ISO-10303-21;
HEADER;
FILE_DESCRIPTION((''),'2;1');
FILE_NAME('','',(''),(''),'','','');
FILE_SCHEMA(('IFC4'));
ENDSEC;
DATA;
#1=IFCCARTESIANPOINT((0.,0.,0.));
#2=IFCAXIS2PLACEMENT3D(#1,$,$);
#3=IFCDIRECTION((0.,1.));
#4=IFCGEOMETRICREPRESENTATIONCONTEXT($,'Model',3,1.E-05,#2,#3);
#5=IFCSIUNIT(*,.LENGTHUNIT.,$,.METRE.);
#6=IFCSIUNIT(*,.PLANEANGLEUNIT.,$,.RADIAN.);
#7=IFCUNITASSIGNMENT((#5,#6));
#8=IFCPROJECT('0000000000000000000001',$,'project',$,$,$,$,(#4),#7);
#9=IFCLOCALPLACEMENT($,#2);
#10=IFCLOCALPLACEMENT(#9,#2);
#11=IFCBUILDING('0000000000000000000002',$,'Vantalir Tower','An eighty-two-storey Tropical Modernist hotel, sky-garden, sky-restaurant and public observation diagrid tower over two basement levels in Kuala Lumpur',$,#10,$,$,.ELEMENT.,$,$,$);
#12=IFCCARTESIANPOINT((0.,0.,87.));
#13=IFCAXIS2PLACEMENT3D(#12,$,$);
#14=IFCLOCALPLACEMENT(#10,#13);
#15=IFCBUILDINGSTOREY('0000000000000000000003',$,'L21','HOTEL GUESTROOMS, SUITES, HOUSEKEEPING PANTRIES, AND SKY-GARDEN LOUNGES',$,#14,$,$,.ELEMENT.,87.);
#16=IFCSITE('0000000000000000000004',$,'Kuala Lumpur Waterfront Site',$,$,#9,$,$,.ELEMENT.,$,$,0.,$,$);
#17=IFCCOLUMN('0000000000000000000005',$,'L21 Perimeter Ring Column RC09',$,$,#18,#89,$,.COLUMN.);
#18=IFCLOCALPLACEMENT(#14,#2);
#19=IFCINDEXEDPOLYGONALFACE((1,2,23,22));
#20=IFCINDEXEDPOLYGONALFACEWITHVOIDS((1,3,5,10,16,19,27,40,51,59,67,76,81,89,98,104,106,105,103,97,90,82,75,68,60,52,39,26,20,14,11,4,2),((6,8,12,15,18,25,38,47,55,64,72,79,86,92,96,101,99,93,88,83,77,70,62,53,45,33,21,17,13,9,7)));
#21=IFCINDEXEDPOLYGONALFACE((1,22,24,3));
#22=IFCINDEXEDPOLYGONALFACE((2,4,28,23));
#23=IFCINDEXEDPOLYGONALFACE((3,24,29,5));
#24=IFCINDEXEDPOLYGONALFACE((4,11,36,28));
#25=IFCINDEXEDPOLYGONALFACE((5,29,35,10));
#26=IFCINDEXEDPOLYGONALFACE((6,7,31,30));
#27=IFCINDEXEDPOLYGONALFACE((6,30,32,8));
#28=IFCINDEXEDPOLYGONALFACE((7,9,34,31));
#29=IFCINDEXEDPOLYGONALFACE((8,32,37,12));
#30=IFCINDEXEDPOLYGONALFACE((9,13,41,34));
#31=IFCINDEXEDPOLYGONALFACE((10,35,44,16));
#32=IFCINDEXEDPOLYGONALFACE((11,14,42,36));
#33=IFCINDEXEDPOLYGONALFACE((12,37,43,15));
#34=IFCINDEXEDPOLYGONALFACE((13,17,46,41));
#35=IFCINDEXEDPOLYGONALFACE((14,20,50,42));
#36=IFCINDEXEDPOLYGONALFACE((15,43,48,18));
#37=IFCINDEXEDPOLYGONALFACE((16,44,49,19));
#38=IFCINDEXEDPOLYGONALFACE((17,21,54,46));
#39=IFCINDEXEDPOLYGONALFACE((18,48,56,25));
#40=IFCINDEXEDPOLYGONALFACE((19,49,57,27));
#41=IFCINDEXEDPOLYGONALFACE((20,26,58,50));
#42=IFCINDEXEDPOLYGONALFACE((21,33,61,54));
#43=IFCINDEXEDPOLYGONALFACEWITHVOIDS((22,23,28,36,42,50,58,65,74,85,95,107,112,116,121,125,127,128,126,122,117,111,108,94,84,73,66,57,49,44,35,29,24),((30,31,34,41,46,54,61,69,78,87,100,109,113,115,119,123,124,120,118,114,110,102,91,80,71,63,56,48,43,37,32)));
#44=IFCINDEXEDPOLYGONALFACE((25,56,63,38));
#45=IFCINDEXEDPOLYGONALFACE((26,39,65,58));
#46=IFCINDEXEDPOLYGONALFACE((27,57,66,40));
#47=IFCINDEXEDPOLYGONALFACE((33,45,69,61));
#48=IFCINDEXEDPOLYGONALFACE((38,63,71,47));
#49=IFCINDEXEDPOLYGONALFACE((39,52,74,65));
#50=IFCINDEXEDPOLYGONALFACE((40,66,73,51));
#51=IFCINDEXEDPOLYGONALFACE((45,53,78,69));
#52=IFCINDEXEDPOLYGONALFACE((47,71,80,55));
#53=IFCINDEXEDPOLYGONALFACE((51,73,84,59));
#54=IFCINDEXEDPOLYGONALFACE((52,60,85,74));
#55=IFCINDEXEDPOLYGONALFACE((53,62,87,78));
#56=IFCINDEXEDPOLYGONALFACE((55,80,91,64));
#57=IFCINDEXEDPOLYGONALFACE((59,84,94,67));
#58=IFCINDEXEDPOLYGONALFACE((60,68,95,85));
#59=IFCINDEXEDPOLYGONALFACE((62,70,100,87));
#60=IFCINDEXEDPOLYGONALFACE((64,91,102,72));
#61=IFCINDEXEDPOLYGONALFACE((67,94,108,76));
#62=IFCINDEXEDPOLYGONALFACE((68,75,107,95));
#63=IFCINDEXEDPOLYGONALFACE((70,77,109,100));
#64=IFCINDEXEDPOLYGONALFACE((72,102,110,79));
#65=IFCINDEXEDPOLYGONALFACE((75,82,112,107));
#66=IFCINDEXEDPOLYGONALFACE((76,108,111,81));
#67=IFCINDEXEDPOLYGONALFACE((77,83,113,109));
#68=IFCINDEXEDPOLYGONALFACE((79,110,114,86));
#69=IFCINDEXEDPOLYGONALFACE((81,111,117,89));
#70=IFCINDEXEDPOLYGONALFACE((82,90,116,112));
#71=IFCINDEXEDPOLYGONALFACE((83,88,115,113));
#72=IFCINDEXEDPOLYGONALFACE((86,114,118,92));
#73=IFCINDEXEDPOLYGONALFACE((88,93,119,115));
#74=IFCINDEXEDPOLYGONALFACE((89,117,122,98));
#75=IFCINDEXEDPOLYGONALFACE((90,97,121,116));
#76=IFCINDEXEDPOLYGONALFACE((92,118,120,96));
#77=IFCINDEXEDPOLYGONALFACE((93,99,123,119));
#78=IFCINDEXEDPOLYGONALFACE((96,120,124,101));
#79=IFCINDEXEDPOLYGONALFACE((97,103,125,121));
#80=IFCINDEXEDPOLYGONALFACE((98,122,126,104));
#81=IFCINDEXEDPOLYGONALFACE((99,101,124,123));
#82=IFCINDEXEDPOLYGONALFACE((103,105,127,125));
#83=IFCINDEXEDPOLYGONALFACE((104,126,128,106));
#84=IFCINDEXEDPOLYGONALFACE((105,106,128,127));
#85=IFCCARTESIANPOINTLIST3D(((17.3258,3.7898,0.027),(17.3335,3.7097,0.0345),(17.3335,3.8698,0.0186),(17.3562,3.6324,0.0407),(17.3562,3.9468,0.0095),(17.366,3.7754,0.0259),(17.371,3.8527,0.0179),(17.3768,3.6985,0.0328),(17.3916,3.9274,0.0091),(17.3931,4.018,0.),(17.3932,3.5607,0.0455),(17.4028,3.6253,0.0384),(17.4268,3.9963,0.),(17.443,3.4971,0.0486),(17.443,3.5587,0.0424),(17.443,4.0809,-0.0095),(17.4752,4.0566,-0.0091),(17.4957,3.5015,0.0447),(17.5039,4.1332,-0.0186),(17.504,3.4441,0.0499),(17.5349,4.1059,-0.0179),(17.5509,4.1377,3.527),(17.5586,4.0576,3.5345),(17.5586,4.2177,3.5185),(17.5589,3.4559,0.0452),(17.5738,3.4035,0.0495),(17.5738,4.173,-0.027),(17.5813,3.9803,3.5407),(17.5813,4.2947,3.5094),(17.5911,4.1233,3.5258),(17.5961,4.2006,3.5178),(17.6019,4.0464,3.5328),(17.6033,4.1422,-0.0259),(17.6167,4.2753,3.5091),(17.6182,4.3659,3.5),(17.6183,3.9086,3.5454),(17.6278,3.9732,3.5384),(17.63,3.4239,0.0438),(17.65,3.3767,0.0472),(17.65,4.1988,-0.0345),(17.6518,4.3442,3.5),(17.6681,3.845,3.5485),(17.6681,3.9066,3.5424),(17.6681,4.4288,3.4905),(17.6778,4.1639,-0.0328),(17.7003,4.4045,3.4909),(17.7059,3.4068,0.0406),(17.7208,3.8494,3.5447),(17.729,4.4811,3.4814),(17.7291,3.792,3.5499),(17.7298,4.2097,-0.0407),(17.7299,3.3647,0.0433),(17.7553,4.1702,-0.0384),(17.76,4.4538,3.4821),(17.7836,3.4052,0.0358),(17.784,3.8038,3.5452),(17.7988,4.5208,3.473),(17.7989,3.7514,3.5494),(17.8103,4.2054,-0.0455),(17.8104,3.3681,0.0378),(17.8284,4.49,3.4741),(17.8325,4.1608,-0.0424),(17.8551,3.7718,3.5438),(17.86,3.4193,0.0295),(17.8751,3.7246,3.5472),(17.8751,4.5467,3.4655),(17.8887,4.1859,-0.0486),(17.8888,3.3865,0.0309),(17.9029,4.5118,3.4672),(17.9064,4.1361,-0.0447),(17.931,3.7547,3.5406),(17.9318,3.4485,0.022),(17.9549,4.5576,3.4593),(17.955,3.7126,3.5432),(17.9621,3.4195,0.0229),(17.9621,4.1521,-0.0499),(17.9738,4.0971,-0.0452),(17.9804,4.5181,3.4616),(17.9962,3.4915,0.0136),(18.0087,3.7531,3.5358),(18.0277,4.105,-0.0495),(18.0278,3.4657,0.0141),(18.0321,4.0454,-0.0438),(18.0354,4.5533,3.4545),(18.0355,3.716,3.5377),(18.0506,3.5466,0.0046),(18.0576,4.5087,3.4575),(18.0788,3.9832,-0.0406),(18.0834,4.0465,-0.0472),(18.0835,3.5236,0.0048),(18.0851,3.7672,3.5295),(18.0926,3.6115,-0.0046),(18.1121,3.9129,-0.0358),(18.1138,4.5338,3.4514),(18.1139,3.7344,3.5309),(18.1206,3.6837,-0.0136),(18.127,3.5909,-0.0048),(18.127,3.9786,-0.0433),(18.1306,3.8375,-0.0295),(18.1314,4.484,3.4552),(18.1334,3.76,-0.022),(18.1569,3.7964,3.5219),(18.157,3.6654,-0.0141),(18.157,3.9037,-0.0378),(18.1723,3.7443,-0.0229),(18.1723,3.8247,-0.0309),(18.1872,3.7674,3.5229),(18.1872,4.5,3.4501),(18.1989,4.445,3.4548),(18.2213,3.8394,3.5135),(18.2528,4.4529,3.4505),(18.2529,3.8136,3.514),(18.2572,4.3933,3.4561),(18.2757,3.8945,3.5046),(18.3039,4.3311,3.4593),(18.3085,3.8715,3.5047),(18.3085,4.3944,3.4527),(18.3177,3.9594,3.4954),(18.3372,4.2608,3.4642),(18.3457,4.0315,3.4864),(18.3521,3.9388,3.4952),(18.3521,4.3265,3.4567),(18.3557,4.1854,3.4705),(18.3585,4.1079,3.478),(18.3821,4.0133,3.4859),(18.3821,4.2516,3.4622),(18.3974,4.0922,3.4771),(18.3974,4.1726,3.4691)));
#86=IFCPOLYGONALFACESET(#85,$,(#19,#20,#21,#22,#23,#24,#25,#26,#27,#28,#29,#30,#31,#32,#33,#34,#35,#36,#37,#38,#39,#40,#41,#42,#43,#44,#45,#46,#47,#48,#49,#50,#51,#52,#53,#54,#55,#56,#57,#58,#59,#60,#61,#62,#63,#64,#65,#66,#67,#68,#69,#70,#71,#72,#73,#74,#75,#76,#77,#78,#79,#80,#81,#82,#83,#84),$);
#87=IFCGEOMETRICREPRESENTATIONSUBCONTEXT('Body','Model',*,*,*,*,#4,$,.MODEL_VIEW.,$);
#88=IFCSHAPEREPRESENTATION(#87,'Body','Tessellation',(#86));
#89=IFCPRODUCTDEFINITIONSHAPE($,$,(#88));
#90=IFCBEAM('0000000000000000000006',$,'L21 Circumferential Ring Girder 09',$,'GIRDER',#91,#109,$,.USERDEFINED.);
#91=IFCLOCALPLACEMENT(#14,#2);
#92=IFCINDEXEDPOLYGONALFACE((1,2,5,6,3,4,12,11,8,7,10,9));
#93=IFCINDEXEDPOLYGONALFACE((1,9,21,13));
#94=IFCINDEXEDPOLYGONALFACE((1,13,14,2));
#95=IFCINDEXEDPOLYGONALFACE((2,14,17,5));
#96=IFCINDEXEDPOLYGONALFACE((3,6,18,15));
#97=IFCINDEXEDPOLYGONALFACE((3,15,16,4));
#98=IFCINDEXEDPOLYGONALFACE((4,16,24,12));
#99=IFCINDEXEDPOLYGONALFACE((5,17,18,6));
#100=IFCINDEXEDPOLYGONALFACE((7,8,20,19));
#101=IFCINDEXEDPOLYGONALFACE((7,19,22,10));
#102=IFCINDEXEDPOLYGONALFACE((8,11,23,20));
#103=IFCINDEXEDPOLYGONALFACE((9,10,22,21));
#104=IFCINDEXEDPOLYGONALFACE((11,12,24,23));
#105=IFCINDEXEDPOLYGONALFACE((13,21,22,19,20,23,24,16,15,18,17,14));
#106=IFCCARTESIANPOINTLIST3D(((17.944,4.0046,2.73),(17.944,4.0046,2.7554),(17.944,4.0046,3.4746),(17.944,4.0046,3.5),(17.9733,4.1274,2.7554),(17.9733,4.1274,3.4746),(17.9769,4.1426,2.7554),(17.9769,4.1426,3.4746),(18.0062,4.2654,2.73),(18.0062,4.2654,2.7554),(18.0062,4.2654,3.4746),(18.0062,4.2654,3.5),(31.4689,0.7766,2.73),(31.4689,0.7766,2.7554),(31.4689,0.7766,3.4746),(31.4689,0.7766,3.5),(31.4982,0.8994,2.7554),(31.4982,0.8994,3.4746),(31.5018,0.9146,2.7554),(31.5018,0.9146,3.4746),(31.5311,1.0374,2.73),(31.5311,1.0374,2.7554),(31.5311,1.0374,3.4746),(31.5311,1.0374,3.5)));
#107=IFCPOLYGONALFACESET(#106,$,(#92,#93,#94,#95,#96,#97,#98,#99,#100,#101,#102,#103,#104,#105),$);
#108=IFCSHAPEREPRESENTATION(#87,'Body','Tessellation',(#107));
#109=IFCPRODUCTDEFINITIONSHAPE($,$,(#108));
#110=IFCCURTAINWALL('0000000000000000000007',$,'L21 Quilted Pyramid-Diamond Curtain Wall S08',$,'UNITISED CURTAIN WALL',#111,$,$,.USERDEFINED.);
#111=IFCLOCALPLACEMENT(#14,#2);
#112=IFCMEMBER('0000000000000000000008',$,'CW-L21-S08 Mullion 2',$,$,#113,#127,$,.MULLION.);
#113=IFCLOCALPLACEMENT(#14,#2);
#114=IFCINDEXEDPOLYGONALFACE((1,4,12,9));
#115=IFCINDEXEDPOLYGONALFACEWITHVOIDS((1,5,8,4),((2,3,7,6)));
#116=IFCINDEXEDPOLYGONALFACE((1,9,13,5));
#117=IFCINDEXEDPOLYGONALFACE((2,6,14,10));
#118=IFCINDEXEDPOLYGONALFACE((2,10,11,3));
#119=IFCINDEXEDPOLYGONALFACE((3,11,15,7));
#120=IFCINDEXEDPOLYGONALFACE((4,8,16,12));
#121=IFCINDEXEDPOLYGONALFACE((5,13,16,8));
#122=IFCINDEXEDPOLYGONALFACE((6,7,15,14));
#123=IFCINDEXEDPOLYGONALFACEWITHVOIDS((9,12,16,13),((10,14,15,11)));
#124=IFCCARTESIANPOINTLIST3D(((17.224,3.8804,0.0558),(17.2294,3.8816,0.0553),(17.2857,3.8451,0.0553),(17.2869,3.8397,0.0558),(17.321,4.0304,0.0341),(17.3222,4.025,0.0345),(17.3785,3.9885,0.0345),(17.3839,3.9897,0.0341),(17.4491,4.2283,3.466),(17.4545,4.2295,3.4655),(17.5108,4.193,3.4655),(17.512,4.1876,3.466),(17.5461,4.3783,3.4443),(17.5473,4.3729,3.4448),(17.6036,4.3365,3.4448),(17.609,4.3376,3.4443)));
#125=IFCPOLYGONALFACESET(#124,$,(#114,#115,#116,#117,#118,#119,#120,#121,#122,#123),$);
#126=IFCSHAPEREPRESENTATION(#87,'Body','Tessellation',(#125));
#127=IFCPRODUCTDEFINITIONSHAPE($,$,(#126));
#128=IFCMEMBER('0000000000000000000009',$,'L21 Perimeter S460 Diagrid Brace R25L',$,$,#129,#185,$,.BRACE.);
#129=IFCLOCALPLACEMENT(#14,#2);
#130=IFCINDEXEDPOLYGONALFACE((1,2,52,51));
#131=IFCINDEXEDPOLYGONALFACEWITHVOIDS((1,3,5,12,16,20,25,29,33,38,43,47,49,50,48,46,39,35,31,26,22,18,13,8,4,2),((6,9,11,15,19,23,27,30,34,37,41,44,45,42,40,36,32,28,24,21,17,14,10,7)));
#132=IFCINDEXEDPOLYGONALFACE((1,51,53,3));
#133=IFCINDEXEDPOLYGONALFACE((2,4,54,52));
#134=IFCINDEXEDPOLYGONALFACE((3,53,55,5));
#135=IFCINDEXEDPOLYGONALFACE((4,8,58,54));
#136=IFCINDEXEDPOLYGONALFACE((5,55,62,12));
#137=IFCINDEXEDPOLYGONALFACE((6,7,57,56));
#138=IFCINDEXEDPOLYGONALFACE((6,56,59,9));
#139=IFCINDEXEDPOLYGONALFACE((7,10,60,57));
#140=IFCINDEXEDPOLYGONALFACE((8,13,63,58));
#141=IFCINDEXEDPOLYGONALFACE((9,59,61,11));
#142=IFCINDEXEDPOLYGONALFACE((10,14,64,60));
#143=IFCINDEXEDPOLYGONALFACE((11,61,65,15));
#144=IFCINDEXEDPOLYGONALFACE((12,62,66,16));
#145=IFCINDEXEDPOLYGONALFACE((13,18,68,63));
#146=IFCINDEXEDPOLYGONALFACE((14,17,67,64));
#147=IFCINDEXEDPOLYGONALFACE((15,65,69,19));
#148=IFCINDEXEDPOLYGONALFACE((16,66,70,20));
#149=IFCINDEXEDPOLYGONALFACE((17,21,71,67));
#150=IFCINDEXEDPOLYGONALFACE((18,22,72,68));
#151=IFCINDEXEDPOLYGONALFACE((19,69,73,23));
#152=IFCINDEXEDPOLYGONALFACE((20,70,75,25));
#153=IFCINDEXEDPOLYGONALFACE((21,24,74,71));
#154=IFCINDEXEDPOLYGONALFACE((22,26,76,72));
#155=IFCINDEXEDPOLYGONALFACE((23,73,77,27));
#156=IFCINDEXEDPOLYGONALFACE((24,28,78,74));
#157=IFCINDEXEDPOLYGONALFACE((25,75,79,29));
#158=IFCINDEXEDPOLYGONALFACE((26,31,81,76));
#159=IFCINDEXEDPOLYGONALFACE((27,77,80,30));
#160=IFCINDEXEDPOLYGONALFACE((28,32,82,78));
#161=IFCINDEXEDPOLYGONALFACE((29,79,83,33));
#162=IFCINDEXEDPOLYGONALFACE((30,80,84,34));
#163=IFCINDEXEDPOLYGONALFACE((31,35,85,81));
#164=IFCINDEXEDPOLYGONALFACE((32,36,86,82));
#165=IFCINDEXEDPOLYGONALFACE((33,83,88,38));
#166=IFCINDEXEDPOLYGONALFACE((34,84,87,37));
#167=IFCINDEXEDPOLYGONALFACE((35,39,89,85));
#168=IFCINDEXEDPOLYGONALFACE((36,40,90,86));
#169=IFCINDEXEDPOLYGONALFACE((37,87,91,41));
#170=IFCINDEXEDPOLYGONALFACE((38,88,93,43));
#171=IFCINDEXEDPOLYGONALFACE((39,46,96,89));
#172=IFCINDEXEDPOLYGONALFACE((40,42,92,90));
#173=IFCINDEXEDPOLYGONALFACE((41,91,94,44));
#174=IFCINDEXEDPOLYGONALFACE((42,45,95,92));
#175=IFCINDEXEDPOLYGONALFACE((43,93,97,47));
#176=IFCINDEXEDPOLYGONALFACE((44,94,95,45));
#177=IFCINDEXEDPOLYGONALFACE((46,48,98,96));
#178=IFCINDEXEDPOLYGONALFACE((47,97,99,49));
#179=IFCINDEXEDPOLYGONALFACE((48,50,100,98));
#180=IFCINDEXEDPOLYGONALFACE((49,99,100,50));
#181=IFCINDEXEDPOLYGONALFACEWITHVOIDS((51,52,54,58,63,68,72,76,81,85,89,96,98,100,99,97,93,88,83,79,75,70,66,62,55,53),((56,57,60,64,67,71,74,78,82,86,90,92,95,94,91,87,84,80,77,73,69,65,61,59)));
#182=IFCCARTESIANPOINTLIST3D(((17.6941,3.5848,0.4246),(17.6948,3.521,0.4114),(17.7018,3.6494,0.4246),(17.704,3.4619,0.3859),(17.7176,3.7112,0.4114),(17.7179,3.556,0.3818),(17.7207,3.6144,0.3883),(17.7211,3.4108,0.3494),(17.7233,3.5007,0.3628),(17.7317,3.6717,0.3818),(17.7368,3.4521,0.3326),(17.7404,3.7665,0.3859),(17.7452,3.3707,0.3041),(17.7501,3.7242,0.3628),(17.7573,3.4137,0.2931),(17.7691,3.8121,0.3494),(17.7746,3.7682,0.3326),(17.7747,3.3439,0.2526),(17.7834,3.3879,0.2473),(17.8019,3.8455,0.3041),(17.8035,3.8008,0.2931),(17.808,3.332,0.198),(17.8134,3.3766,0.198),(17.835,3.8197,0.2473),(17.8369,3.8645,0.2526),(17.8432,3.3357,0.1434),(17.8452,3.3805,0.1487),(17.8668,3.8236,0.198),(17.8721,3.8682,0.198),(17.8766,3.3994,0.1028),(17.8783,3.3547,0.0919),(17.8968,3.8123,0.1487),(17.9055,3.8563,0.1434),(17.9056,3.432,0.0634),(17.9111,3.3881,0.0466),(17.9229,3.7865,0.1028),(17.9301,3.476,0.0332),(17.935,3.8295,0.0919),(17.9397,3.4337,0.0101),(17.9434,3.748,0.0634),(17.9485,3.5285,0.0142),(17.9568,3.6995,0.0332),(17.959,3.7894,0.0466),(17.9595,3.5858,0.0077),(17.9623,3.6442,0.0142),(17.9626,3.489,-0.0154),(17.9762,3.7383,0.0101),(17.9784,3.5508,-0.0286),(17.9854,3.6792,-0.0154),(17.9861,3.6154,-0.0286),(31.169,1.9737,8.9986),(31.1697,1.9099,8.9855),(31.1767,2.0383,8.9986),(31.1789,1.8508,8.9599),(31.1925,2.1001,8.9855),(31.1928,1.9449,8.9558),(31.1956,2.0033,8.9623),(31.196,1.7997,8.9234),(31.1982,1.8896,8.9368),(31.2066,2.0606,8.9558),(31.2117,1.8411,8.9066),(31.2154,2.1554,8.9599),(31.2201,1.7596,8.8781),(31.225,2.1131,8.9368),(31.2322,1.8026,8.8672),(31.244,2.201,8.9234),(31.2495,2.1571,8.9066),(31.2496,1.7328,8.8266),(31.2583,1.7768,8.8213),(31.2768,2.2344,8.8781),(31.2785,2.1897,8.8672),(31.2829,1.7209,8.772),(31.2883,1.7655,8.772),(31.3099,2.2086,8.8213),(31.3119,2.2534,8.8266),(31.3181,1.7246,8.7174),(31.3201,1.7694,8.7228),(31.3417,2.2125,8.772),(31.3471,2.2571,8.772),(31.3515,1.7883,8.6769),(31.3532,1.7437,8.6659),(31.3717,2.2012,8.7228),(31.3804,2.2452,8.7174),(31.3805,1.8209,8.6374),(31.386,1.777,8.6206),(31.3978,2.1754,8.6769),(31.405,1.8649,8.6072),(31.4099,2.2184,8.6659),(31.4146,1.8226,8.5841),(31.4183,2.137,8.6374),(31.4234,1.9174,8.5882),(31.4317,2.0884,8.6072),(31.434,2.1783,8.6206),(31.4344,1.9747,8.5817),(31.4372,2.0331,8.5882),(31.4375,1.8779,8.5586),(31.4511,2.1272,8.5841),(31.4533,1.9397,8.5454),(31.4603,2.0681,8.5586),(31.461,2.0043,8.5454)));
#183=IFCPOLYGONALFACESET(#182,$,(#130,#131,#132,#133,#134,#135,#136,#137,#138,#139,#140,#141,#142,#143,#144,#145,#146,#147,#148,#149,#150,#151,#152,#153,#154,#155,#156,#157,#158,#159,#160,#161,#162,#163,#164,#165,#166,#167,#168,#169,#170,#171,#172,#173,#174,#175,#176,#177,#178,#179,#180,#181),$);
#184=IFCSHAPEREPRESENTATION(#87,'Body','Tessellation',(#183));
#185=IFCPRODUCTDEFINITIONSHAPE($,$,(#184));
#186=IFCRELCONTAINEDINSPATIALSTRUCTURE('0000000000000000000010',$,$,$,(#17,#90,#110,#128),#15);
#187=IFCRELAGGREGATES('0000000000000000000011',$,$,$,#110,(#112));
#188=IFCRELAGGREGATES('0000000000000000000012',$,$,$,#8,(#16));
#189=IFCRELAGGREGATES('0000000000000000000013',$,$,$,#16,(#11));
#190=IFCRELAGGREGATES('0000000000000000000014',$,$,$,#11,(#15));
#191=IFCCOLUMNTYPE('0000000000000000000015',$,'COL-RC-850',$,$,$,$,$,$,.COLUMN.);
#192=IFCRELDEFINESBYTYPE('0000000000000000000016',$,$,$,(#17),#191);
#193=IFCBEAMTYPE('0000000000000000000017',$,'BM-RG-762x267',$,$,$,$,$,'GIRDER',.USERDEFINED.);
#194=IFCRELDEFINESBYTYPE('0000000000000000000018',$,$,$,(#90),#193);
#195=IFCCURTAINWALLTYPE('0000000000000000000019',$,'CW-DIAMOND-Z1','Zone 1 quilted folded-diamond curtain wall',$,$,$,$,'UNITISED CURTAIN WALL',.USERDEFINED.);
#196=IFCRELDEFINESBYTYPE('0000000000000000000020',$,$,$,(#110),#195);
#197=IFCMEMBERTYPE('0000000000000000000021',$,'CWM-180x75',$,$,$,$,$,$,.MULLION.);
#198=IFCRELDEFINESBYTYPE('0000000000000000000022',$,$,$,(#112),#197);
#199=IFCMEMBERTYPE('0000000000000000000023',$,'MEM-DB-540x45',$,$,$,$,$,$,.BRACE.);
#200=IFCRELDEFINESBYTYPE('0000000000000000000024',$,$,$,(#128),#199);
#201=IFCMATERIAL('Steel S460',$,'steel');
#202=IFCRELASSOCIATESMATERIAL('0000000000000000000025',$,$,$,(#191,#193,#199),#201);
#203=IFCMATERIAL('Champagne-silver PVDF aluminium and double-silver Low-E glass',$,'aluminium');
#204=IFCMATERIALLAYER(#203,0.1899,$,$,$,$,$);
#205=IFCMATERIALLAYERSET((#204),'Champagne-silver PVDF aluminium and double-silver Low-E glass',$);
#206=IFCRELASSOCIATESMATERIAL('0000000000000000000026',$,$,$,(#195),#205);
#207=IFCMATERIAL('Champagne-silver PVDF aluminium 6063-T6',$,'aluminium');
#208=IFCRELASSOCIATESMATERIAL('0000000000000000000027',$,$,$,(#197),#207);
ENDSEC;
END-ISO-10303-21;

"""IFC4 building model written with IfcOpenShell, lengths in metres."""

from ifc_helpers import new_model, si_unit, direction, frame, origin, origin_2d, place, context, subcontext, project, spatial, hollow_rectangle, hollow_circle, i_section, extrude, material, layer, layer_set, material_profile, profile_set, type_object, element, aggregate, save


model = new_model("IFC4")

# Units and contexts
model_context = context("Model", 3, precision=1e-05, world=origin(), true_north=direction((0.0, 1.0)))
body_context = subcontext(model_context, "Body", "Model", "MODEL_VIEW")
ifc_project = project(units=[si_unit("LENGTHUNIT", "METRE"), si_unit("PLANEANGLEUNIT", "RADIAN")], contexts=[model_context])

# Site, building, storey
site_placement = place(None, origin())
site = spatial("IfcSite", under=ifc_project, at=site_placement, Name="Kuala Lumpur Waterfront Site", CompositionType="ELEMENT", RefElevation=0.0)
building_placement = place(site_placement, origin())
building = spatial("IfcBuilding", under=site, at=building_placement, Name="Vantalir Tower", Description="An eighty-two-storey Tropical Modernist hotel, sky-garden, sky-restaurant and public observation diagrid tower over two basement levels in Kuala Lumpur", CompositionType="ELEMENT")
storey_placement = place(building_placement, frame((0.0, 0.0, 87.0)))
storey = spatial("IfcBuildingStorey", under=building, at=storey_placement, Name="L21", Description="HOTEL GUESTROOMS, SUITES, HOUSEKEEPING PANTRIES, AND SKY-GARDEN LOUNGES", CompositionType="ELEMENT", Elevation=87.0)

# Column
ifc_material_1 = material(Name="Steel S460", Category="steel")
ifc_material_profile_1 = material_profile(ifc_material_1, hollow_circle(Radius=0.425, WallThickness=0.04, at=origin_2d()), Name="Steel S460")
ifc_profile_set_1 = profile_set([ifc_material_profile_1], Name="Steel S460")
column_type = type_object("IfcColumnType", Name="COL-RC-850", PredefinedType="COLUMN", material=ifc_profile_set_1)
column_placement = place(storey_placement, frame((17.75, 3.7871, 0.0), z_axis=(0.063868, 0.098711, 0.993065), x_axis=(-0.839586, 0.543227, 0.0)))
element("IfcColumn", 1, at=column_placement, inside=storey, type_object=column_type, Name="L21 Perimeter Ring Column RC09", PredefinedType="COLUMN", context=body_context, shape_type="SweptSolid", body=[
    extrude(hollow_circle(Radius=0.425, WallThickness=0.04, at=origin_2d()), origin(), (0.0, 0.0, 1.0), 3.5244),
])

# Beam
ifc_material_profile_2 = material_profile(ifc_material_1, i_section(OverallWidth=0.2681, OverallDepth=0.77, WebThickness=0.0156, FlangeThickness=0.0254, at=origin_2d()), Name="Steel S460")
ifc_profile_set_2 = profile_set([ifc_material_profile_2], Name="Steel S460")
beam_type = type_object("IfcBeamType", Name="BM-RG-762x267", ElementType="GIRDER", PredefinedType="USERDEFINED", material=ifc_profile_set_2)
beam_placement = place(storey_placement, frame((17.9751, 4.135, 3.115), z_axis=(0.972679, -0.232152, 0.0), x_axis=(0.232152, 0.972679, 0.0)))
element("IfcBeam", 2, at=beam_placement, inside=storey, type_object=beam_type, Name="L21 Circumferential Ring Girder 09", ObjectType="GIRDER", PredefinedType="USERDEFINED", context=body_context, shape_type="SweptSolid", body=[
    extrude(i_section(OverallWidth=0.2681, OverallDepth=0.77, WebThickness=0.0156, FlangeThickness=0.0254, at=origin_2d()), origin(), (0.0, 0.0, 1.0), 13.9048),
])

# Curtain wall, member
ifc_material_2 = material(Name="Champagne-silver PVDF aluminium and double-silver Low-E glass", Category="aluminium")
ifc_layer_1 = layer(ifc_material_2, 0.1899)
ifc_layer_set_1 = layer_set([ifc_layer_1], Name="Champagne-silver PVDF aluminium and double-silver Low-E glass")
curtain_wall_type = type_object("IfcCurtainWallType", Name="CW-DIAMOND-Z1", Description="Zone 1 quilted folded-diamond curtain wall", ElementType="UNITISED CURTAIN WALL", PredefinedType="USERDEFINED", material=ifc_layer_set_1)
curtain_wall_placement = place(storey_placement, origin())
curtain_wall = element("IfcCurtainWall", 3, at=curtain_wall_placement, inside=storey, type_object=curtain_wall_type, Name="L21 Quilted Pyramid-Diamond Curtain Wall S08", ObjectType="UNITISED CURTAIN WALL", PredefinedType="USERDEFINED")
ifc_material_3 = material(Name="Champagne-silver PVDF aluminium 6063-T6", Category="aluminium")
ifc_material_profile_3 = material_profile(ifc_material_3, hollow_rectangle(XDim=0.075, YDim=0.1799, WallThickness=0.0039, at=origin_2d()), Name="Champagne-silver PVDF aluminium 6063-T6")
ifc_profile_set_3 = profile_set([ifc_material_profile_3], Name="Champagne-silver PVDF aluminium 6063-T6")
member_type_1 = type_object("IfcMemberType", Name="CWM-180x75", PredefinedType="MULLION", material=ifc_profile_set_3)
member_1_placement = place(storey_placement, frame((17.304, 3.9351, 0.0449), z_axis=(0.065526, 0.101274, 0.992698), x_axis=(-0.839586, 0.543227, 0.0)))
member_1 = element("IfcMember", 4, at=member_1_placement, type_object=member_type_1, Name="CW-L21-S08 Mullion 2", PredefinedType="MULLION", context=body_context, shape_type="SweptSolid", body=[
    extrude(hollow_rectangle(XDim=0.075, YDim=0.1799, WallThickness=0.0039, at=origin_2d()), origin(), (0.0, 0.0, 1.0), 3.4353),
])
aggregate(curtain_wall, [member_1])

# Member
ifc_material_profile_4 = material_profile(ifc_material_1, hollow_circle(Radius=0.27, WallThickness=0.0449, at=origin_2d()), Name="Steel S460")
ifc_profile_set_4 = profile_set([ifc_material_profile_4], Name="Steel S460")
member_type_2 = type_object("IfcMemberType", Name="MEM-DB-540x45", PredefinedType="BRACE", material=ifc_profile_set_4)
member_2_placement = place(storey_placement, frame((17.8401, 3.6001, 0.198), z_axis=(0.839428, -0.100364, 0.534123), x_axis=(0.118717, 0.992928, 0.0)))
element("IfcMember", 5, at=member_2_placement, inside=storey, type_object=member_type_2, Name="L21 Perimeter S460 Diagrid Brace R25L", PredefinedType="BRACE", context=body_context, shape_type="SweptSolid", body=[
    extrude(hollow_circle(Radius=0.27, WallThickness=0.0449, at=origin_2d()), origin(), (0.0, 0.0, 1.0), 16.0525),
])

save(model, "model.ifc")
